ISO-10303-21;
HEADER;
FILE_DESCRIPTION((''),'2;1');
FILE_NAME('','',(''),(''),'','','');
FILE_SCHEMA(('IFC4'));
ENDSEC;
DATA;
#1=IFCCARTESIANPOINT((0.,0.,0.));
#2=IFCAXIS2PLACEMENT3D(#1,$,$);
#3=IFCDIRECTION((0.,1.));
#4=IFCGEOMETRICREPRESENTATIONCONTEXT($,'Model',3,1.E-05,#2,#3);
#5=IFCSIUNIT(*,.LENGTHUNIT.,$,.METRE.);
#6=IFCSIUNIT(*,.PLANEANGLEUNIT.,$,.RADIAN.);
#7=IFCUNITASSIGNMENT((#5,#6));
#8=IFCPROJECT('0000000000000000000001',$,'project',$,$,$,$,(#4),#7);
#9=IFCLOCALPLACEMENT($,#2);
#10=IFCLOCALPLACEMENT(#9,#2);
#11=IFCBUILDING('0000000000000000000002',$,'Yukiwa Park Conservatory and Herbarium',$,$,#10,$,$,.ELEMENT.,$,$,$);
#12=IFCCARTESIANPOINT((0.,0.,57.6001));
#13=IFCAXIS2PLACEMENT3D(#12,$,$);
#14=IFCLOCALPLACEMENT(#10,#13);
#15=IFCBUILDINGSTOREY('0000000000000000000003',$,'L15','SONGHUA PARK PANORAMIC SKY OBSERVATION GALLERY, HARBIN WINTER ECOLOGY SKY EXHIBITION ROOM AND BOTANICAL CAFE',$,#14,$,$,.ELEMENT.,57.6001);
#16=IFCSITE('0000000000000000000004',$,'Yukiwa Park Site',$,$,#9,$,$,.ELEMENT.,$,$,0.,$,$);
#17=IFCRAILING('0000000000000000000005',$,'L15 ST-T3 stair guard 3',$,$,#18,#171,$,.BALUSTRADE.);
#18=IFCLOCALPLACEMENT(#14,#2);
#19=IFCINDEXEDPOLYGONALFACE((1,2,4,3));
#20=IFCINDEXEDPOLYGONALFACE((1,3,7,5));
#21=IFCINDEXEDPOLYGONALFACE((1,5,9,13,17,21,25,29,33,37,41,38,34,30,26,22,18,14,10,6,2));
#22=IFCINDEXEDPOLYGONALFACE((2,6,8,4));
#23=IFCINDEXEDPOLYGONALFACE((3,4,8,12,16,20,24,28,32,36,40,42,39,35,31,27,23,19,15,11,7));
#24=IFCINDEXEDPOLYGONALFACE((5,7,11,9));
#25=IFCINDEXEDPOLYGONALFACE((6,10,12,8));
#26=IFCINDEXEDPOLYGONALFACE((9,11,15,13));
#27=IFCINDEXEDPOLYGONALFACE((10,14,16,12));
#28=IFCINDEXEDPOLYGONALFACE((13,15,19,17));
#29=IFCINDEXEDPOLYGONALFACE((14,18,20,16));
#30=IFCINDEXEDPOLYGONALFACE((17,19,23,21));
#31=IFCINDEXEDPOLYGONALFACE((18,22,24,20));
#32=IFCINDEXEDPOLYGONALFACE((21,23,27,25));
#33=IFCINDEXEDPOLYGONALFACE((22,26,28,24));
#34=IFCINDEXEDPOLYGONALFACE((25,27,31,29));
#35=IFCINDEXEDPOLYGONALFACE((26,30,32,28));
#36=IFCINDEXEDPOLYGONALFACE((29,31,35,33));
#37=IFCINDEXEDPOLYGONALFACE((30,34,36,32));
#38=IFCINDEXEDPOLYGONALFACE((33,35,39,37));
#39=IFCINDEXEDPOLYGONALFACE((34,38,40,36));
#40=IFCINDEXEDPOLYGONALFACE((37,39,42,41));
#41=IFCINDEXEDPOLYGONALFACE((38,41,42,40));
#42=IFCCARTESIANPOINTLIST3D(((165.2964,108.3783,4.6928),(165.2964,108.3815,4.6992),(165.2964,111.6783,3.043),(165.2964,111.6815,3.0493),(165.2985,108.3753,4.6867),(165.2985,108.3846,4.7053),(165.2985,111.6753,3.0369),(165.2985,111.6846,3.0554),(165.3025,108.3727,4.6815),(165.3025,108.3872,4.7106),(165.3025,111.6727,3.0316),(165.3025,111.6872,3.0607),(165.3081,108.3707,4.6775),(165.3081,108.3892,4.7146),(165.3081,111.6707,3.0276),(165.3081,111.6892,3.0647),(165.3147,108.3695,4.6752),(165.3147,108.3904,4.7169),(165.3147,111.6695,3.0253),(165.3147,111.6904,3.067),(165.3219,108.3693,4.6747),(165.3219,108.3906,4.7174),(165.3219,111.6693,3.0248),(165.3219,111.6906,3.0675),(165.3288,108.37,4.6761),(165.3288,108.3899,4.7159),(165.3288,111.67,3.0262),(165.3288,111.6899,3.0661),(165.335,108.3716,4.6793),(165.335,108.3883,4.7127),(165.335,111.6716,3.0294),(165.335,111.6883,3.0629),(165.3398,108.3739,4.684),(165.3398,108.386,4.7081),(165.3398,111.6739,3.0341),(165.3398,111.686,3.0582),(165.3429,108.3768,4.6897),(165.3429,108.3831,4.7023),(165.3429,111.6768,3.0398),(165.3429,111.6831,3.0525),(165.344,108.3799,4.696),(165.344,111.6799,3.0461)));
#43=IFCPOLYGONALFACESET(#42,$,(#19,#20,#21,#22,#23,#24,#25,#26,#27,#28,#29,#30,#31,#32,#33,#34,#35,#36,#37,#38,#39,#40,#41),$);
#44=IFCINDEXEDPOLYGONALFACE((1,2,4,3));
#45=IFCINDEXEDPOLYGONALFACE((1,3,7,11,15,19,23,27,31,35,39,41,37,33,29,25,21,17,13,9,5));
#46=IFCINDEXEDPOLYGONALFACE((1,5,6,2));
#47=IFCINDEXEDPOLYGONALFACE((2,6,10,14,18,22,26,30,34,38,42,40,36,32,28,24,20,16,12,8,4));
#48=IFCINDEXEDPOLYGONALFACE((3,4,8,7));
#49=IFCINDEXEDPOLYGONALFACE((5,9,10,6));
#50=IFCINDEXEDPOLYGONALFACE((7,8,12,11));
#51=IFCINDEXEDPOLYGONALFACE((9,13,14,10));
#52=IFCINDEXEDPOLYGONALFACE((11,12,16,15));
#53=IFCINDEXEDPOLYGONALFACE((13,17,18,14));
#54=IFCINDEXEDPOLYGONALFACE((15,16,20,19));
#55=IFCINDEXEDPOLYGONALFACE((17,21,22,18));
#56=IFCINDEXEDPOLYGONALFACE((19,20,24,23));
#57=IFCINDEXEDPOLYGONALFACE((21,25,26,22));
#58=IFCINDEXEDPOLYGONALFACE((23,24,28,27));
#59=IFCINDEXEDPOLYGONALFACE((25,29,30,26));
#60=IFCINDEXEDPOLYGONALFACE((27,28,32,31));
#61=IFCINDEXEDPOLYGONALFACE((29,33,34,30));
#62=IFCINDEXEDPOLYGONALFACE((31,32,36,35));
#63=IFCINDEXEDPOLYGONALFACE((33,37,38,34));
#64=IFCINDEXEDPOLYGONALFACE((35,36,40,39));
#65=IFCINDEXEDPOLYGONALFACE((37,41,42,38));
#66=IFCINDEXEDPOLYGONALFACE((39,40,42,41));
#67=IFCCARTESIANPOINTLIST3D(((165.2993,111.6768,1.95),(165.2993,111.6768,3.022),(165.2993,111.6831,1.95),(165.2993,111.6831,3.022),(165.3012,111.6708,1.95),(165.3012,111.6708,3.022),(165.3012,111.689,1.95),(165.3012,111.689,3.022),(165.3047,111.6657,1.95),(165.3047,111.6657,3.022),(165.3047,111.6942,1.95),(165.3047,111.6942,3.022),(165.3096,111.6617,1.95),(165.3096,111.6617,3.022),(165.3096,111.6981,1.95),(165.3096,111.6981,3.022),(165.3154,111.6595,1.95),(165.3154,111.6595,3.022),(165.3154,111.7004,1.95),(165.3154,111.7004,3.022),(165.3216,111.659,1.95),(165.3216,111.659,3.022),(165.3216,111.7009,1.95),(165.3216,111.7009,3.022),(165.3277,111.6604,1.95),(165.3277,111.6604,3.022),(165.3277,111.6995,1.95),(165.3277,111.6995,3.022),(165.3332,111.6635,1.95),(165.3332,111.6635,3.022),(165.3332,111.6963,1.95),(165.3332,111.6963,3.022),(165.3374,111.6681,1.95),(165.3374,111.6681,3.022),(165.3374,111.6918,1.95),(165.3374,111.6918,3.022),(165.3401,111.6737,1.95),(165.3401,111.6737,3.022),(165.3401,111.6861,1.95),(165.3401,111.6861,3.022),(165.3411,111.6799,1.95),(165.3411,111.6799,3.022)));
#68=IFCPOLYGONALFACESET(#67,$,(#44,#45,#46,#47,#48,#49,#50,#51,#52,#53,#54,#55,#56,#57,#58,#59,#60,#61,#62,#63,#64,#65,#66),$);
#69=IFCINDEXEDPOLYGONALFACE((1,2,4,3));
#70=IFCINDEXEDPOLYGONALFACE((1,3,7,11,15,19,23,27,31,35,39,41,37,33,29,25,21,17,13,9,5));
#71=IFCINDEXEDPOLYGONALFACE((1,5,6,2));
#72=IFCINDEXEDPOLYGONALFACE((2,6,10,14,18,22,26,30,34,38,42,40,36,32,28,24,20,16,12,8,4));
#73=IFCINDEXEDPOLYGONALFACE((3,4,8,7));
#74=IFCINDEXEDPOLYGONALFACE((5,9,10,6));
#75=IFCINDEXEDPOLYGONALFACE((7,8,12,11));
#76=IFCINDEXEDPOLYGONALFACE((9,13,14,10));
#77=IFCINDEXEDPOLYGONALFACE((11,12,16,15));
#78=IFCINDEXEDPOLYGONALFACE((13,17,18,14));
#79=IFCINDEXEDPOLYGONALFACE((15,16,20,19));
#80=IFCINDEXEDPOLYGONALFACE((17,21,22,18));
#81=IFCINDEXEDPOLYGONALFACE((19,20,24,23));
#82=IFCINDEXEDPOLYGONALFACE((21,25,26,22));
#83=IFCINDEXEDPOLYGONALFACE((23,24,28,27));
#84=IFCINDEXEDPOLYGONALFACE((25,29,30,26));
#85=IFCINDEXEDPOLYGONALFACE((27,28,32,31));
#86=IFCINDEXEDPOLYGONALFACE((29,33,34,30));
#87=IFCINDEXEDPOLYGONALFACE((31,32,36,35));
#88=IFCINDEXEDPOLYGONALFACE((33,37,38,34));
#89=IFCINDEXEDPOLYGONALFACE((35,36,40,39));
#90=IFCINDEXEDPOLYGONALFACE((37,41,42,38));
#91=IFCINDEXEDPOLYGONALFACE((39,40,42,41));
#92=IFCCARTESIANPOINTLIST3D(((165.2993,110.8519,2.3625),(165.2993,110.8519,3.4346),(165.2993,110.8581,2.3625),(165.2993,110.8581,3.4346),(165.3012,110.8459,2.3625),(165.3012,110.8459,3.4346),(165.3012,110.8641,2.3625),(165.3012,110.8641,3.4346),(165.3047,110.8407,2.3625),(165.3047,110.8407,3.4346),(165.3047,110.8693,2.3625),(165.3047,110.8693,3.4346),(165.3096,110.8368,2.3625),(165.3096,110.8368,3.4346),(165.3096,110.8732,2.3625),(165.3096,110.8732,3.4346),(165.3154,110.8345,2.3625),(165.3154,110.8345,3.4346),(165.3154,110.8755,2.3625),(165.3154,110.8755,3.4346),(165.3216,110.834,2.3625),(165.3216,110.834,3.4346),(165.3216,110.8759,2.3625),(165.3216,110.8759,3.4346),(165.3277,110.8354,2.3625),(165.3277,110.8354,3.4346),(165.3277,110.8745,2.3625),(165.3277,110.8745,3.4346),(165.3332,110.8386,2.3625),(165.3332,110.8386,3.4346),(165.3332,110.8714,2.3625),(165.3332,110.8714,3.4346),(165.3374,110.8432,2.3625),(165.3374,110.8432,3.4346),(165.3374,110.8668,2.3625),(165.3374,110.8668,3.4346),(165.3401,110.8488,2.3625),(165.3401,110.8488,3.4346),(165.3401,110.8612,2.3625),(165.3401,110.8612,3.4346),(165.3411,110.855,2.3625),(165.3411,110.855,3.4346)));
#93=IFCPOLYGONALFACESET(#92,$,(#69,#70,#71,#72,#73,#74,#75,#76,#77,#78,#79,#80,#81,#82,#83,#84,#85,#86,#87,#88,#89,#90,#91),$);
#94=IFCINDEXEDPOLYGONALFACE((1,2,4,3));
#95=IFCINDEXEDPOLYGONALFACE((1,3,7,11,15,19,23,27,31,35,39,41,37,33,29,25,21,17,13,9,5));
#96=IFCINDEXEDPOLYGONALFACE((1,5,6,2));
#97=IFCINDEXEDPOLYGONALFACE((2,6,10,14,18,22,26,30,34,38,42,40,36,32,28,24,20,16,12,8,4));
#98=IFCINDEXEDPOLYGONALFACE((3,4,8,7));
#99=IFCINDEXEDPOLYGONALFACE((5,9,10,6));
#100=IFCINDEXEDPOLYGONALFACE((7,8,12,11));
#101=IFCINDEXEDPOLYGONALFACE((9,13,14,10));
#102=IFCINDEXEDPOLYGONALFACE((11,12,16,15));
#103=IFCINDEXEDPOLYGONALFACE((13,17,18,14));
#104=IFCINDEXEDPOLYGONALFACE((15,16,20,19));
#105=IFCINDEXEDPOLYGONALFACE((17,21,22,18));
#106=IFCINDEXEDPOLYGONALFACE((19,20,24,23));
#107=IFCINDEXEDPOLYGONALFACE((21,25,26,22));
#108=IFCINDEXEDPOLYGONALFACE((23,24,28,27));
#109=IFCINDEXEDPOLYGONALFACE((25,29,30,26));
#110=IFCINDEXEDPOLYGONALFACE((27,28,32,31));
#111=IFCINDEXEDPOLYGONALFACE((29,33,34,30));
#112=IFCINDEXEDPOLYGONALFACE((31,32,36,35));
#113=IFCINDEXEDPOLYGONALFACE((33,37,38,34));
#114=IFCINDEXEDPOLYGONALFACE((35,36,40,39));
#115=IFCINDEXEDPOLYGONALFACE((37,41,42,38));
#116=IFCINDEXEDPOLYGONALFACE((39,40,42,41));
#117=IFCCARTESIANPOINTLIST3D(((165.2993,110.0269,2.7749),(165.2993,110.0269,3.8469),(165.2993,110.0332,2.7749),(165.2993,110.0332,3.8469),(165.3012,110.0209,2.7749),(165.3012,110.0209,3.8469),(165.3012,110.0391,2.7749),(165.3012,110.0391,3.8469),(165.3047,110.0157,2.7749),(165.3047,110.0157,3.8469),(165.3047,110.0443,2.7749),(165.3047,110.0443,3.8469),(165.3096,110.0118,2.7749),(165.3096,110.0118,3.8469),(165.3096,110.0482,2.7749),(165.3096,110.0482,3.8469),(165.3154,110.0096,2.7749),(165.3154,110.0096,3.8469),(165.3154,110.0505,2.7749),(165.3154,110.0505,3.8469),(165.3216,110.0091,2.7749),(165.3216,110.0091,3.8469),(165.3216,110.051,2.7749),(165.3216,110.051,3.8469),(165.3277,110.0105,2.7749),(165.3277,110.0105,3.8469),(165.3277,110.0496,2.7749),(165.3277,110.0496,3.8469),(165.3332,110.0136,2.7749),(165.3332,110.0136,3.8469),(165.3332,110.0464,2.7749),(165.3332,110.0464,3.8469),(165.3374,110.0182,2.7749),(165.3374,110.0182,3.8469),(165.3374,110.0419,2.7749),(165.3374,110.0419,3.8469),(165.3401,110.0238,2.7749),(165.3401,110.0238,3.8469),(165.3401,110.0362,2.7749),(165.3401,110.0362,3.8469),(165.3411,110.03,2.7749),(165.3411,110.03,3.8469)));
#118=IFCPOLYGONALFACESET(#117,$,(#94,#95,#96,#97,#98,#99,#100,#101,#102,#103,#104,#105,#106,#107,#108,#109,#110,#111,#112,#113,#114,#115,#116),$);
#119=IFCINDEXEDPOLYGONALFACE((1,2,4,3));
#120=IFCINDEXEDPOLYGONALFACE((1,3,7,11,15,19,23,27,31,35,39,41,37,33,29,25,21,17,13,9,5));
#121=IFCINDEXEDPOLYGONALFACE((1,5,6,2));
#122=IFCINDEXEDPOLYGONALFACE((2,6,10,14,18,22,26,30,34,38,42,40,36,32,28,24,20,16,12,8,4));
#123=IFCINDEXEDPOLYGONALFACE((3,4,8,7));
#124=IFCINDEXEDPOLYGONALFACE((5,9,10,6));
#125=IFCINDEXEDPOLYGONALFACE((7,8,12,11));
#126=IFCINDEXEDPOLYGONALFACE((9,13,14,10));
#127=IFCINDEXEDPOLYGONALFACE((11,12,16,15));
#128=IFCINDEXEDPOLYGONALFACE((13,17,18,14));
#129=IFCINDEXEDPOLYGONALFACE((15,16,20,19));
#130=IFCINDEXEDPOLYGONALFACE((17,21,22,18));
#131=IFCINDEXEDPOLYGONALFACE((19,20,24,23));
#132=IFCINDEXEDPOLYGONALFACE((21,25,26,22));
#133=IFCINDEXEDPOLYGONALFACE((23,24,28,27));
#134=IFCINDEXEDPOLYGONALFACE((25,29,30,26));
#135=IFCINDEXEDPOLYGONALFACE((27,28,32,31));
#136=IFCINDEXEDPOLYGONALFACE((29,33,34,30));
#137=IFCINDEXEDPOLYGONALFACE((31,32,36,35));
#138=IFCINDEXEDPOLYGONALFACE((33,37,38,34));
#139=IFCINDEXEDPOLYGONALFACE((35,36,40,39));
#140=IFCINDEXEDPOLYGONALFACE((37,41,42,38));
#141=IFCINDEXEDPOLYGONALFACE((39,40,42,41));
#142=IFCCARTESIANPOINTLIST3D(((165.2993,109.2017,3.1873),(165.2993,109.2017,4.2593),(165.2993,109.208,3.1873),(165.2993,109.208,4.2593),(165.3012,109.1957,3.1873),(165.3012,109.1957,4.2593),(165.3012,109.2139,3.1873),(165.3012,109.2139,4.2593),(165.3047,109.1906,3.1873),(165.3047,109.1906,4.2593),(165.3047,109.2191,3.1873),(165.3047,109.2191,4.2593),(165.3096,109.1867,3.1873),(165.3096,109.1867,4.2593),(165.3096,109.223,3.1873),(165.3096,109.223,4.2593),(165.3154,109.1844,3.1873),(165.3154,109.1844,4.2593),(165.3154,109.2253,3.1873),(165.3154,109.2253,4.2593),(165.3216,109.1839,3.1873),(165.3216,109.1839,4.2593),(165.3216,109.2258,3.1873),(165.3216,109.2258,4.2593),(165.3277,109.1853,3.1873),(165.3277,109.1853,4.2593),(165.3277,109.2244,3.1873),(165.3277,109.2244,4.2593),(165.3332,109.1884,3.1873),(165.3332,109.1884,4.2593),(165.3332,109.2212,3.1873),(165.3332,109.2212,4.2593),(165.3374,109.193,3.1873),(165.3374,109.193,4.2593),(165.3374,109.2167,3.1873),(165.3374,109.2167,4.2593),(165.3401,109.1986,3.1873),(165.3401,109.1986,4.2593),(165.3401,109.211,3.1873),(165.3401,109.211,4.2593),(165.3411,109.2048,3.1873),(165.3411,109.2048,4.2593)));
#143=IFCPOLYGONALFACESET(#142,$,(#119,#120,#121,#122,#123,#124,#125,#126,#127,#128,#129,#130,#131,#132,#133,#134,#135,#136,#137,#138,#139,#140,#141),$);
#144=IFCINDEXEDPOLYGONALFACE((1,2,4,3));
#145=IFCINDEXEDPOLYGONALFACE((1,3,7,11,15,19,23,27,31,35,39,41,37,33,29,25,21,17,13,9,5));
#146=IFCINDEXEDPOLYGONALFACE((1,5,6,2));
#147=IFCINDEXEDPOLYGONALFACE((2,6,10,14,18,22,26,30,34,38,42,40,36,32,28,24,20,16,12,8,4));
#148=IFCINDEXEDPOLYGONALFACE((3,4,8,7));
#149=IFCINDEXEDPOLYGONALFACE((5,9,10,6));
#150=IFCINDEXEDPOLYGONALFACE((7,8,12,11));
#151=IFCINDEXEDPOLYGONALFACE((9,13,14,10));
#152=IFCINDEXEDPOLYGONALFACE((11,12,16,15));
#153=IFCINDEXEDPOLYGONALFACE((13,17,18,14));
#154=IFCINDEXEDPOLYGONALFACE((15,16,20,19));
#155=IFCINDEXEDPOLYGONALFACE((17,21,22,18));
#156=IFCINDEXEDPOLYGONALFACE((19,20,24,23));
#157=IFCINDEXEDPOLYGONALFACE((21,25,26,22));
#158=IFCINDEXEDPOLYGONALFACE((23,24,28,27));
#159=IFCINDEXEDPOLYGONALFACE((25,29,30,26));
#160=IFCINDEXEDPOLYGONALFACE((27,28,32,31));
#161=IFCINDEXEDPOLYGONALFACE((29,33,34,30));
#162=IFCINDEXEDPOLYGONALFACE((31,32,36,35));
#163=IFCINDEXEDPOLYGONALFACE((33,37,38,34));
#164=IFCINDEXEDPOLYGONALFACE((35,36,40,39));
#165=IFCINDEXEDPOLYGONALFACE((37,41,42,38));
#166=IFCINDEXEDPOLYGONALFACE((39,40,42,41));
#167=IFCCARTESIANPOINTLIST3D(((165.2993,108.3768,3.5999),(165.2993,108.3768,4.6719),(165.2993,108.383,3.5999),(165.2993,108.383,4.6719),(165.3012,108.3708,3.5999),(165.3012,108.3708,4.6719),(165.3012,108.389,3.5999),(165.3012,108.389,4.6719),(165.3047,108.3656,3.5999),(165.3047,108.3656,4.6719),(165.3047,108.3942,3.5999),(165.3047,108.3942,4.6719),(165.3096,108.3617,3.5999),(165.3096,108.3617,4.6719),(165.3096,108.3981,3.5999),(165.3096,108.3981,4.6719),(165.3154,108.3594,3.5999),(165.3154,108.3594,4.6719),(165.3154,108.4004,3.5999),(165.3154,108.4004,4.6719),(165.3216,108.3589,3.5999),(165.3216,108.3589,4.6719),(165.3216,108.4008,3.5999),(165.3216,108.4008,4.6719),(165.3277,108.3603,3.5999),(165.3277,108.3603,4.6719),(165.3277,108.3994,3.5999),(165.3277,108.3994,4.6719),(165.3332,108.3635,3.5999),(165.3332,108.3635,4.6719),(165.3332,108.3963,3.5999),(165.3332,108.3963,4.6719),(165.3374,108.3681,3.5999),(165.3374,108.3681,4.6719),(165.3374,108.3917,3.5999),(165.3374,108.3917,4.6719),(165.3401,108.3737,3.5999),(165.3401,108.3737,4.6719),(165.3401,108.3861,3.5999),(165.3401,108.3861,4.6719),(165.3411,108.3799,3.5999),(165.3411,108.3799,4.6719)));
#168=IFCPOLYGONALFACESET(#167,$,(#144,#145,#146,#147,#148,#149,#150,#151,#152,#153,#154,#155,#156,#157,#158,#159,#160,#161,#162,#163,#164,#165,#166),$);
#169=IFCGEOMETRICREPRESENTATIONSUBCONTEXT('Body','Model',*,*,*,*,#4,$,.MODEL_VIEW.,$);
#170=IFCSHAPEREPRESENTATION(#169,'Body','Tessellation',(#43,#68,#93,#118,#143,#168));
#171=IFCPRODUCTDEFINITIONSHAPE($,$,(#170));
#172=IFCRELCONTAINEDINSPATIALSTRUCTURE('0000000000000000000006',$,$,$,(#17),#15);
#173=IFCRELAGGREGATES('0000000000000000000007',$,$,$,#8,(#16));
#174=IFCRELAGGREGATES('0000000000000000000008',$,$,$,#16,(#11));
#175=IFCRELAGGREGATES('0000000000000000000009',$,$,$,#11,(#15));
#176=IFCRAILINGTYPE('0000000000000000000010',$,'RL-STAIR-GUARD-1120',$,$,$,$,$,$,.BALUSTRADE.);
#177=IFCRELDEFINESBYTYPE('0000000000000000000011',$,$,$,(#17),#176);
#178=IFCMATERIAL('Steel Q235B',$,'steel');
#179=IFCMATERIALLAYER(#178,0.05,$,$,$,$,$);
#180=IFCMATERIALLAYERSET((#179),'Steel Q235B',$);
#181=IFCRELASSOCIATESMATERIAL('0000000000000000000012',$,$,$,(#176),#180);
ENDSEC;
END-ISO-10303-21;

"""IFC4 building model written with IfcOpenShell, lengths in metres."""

from ifc_helpers import new_model, si_unit, direction, frame, origin, origin_2d, place, context, subcontext, project, spatial, circle, extrude, material, layer, layer_set, type_object, element, save


model = new_model("IFC4")

# Units and contexts
model_context = context("Model", 3, precision=1e-05, world=origin(), true_north=direction((0.0, 1.0)))
body_context = subcontext(model_context, "Body", "Model", "MODEL_VIEW")
ifc_project = project(units=[si_unit("LENGTHUNIT", "METRE"), si_unit("PLANEANGLEUNIT", "RADIAN")], contexts=[model_context])

# Site, building, storey
site_placement = place(None, origin())
site = spatial("IfcSite", under=ifc_project, at=site_placement, Name="Yukiwa Park Site", CompositionType="ELEMENT", RefElevation=0.0)
building_placement = place(site_placement, origin())
building = spatial("IfcBuilding", under=site, at=building_placement, Name="Yukiwa Park Conservatory and Herbarium", CompositionType="ELEMENT")
storey_placement = place(building_placement, frame((0.0, 0.0, 57.6001)))
storey = spatial("IfcBuildingStorey", under=building, at=storey_placement, Name="L15", Description="SONGHUA PARK PANORAMIC SKY OBSERVATION GALLERY, HARBIN WINTER ECOLOGY SKY EXHIBITION ROOM AND BOTANICAL CAFE", CompositionType="ELEMENT", Elevation=57.6001)

# Railing
ifc_material_1 = material(Name="Steel Q235B", Category="steel")
ifc_layer_1 = layer(ifc_material_1, 0.05)
ifc_layer_set_1 = layer_set([ifc_layer_1], Name="Steel Q235B")
railing_type_1 = type_object("IfcRailingType", Name="RL-STAIR-GUARD-1120", PredefinedType="BALUSTRADE", material=ifc_layer_set_1)
railing_1_placement = place(storey_placement, frame((165.3201, 111.6799, 1.95)))
element("IfcRailing", 1, at=railing_1_placement, inside=storey, type_object=railing_type_1, Name="L15 ST-T3 stair guard 3", PredefinedType="BALUSTRADE", context=body_context, shape_type="SweptSolid", body=[
    extrude(circle(Radius=0.0239, at=origin_2d()), frame((0.0, 0.0, 1.0962), z_axis=(0.0, -0.89444, 0.447187), x_axis=(1.0, 0.0, 0.0)), (0.0, 0.0, 1.0), 3.6895),
    extrude(circle(Radius=0.021, at=origin_2d()), origin(), (0.0, 0.0, 1.0), 1.072),
    extrude(circle(Radius=0.021, at=origin_2d()), frame((0.0, -0.825, 0.4126)), (0.0, 0.0, 1.0), 1.072),
    extrude(circle(Radius=0.021, at=origin_2d()), frame((0.0, -1.6499, 0.825)), (0.0, 0.0, 1.0), 1.072),
    extrude(circle(Radius=0.021, at=origin_2d()), frame((0.0, -2.4751, 1.2373)), (0.0, 0.0, 1.0), 1.072),
    extrude(circle(Radius=0.021, at=origin_2d()), frame((0.0, -3.3, 1.6499)), (0.0, 0.0, 1.0), 1.072),
])

save(model, "model.ifc")
